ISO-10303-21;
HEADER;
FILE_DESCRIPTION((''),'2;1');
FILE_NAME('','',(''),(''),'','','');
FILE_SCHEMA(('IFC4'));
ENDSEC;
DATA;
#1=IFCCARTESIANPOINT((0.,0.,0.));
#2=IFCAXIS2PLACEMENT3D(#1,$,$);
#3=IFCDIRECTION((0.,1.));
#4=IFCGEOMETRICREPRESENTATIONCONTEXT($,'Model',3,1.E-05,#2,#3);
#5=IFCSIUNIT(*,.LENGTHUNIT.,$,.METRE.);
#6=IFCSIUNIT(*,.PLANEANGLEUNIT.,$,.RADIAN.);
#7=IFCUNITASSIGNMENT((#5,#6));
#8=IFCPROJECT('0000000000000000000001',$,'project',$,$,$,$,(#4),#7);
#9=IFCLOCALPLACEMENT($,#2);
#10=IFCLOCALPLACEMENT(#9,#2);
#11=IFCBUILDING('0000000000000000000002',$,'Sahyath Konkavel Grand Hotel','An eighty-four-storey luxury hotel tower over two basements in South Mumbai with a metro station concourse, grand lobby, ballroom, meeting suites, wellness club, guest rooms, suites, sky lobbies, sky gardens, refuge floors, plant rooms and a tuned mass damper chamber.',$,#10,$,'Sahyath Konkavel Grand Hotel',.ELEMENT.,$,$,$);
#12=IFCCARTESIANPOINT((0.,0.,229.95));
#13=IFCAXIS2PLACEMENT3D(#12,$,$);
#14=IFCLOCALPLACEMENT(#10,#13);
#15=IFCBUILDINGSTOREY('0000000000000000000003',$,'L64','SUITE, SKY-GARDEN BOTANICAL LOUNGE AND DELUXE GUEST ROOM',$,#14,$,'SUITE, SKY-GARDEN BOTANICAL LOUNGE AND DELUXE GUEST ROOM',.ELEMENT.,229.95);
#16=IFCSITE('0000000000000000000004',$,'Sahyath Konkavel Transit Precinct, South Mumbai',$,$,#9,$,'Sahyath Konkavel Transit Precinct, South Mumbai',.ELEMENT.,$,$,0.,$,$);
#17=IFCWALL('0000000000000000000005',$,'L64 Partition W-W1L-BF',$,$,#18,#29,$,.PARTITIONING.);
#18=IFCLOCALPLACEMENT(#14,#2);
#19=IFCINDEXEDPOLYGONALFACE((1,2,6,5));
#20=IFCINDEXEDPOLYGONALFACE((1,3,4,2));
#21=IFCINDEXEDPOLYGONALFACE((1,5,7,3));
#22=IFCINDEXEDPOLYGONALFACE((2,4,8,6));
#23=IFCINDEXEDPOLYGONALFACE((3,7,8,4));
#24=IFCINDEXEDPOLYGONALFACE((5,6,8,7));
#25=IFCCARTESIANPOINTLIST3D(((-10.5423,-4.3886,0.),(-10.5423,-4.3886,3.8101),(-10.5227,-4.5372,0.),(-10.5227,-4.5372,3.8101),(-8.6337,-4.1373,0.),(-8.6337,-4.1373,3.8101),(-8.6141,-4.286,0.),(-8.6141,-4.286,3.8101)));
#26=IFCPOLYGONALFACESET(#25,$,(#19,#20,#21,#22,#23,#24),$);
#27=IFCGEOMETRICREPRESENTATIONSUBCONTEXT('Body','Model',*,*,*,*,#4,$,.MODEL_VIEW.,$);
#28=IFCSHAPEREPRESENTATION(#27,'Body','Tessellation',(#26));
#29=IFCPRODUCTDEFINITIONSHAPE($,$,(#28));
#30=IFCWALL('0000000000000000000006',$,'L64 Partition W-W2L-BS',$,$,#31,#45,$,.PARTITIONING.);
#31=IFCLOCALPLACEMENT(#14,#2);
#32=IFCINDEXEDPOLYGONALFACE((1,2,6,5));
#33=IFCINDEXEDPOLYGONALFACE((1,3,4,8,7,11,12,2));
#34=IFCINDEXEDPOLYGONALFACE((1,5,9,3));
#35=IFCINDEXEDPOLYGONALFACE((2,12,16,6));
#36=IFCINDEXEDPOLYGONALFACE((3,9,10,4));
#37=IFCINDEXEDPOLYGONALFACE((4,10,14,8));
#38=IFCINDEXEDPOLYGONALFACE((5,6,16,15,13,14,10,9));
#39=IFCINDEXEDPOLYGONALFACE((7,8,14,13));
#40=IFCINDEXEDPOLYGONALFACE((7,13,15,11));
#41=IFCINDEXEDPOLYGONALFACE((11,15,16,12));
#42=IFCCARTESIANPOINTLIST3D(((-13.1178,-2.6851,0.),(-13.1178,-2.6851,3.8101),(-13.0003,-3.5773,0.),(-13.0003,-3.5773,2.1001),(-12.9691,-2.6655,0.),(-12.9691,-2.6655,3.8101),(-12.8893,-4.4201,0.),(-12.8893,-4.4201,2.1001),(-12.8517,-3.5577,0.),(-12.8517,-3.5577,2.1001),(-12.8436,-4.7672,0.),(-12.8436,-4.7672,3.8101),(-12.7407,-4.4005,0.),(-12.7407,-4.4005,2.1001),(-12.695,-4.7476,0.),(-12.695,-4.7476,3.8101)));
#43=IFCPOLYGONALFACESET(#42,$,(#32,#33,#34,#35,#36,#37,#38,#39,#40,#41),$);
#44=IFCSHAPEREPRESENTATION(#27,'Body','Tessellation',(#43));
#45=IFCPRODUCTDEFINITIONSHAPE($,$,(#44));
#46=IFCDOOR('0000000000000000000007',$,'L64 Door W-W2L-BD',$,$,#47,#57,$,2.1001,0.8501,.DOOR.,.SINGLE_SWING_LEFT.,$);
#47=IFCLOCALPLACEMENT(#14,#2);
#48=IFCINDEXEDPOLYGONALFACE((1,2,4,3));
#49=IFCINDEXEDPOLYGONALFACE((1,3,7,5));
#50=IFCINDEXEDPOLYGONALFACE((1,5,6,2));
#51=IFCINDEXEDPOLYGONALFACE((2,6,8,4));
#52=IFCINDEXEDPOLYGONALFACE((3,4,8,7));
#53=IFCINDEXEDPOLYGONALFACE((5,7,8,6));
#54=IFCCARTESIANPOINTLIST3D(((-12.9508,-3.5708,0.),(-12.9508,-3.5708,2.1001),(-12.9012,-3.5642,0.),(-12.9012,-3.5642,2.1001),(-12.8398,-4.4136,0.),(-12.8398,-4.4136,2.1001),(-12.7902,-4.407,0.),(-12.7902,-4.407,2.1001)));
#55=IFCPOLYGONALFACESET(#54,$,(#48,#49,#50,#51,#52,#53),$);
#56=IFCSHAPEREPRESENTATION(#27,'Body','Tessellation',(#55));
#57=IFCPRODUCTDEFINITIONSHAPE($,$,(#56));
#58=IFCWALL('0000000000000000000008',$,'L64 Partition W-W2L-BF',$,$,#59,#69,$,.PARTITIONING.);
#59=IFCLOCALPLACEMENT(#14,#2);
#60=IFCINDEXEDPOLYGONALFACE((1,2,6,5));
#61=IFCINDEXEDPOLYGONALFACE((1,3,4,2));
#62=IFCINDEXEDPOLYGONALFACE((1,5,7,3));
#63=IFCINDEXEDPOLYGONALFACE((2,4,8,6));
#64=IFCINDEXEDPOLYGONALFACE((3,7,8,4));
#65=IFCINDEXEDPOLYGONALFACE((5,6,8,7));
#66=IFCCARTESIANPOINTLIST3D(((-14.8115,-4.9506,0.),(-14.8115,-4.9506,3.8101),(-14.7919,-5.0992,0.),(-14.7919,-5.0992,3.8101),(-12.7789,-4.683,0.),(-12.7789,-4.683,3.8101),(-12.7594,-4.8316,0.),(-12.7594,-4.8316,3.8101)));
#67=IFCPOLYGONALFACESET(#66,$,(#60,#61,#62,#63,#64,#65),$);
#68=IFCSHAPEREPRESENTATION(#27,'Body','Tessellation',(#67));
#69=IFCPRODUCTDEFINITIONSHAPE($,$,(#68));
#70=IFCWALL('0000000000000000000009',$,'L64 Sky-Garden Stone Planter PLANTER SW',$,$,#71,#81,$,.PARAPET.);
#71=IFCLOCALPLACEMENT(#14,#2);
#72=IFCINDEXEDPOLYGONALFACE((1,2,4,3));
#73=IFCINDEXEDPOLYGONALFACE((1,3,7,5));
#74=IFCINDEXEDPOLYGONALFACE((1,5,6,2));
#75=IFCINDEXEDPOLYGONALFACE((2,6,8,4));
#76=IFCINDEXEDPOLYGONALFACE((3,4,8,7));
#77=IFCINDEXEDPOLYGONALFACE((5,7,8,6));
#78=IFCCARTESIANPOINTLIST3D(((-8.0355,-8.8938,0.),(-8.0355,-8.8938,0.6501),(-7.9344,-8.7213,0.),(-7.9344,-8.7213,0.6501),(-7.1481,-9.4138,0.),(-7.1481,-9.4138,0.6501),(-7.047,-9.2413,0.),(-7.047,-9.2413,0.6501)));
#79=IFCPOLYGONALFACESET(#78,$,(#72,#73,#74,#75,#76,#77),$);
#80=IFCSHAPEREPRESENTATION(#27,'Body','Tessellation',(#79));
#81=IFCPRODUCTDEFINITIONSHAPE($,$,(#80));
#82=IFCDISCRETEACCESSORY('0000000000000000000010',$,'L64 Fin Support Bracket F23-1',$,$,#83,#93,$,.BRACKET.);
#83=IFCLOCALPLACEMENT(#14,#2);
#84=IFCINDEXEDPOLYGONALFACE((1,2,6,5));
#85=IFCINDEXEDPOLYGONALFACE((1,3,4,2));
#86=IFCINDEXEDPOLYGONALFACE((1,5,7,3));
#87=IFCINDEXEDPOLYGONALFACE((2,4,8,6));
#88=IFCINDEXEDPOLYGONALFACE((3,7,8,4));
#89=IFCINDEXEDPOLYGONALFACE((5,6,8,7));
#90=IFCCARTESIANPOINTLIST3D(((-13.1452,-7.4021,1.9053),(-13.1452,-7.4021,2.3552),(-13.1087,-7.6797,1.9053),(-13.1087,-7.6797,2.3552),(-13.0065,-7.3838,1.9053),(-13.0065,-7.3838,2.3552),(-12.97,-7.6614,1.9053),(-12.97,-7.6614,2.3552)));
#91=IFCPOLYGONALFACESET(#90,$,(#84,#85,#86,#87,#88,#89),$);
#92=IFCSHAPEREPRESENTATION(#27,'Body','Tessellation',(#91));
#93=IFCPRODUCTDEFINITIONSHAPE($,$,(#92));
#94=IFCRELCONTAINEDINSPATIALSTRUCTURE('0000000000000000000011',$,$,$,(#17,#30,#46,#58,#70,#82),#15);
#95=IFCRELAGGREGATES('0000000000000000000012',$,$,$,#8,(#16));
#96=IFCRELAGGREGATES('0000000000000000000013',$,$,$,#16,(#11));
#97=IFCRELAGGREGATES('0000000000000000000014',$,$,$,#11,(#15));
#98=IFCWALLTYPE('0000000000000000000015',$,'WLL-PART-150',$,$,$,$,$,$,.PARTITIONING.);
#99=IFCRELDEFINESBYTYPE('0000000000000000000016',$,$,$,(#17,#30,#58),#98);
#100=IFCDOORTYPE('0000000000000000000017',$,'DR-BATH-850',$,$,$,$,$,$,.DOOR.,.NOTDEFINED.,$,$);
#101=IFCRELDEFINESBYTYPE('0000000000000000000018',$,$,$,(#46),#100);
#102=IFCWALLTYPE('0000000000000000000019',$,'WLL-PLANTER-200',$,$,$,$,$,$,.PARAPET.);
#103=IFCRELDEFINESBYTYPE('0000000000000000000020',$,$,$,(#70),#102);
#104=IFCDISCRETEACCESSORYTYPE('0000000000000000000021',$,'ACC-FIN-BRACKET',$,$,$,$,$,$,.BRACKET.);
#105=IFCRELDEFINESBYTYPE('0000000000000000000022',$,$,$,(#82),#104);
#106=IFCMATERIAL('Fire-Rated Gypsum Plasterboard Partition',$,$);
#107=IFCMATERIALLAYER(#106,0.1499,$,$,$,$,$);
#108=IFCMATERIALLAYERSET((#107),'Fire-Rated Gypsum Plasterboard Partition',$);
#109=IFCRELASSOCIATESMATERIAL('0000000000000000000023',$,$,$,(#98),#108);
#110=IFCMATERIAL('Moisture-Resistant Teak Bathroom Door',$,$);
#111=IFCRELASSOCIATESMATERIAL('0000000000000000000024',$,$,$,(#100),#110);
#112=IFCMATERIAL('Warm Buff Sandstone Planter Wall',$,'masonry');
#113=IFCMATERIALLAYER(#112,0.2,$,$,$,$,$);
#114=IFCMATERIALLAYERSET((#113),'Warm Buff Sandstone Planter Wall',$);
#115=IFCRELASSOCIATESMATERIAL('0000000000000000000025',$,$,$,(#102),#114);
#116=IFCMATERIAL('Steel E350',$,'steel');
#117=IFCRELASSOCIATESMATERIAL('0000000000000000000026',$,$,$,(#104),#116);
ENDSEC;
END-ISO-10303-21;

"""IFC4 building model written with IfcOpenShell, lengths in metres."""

from ifc_helpers import new_model, si_unit, direction, frame, frame_2d, origin, origin_2d, place, context, subcontext, project, spatial, rectangle, extrude, source, transform, mapped, material, layer, layer_set, type_object, element, fill, save


model = new_model("IFC4")

# Units and contexts
model_context = context("Model", 3, precision=1e-05, world=origin(), true_north=direction((0.0, 1.0)))
body_context = subcontext(model_context, "Body", "Model", "MODEL_VIEW")
ifc_project = project(units=[si_unit("LENGTHUNIT", "METRE"), si_unit("PLANEANGLEUNIT", "RADIAN")], contexts=[model_context])

# Site, building, storey
site_placement = place(None, origin())
site = spatial("IfcSite", under=ifc_project, at=site_placement, Name="Sahyath Konkavel Transit Precinct, South Mumbai", LongName="Sahyath Konkavel Transit Precinct, South Mumbai", CompositionType="ELEMENT", RefElevation=0.0)
building_placement = place(site_placement, origin())
building = spatial("IfcBuilding", under=site, at=building_placement, Name="Sahyath Konkavel Grand Hotel", Description="An eighty-four-storey luxury hotel tower over two basements in South Mumbai with a metro station concourse, grand lobby, ballroom, meeting suites, wellness club, guest rooms, suites, sky lobbies, sky gardens, refuge floors, plant rooms and a tuned mass damper chamber.", LongName="Sahyath Konkavel Grand Hotel", CompositionType="ELEMENT")
storey_placement = place(building_placement, frame((0.0, 0.0, 229.95)))
storey = spatial("IfcBuildingStorey", under=building, at=storey_placement, Name="L64", Description="SUITE, SKY-GARDEN BOTANICAL LOUNGE AND DELUXE GUEST ROOM", LongName="SUITE, SKY-GARDEN BOTANICAL LOUNGE AND DELUXE GUEST ROOM", CompositionType="ELEMENT", Elevation=229.95)

# Shared definitions
ifc_material_1 = material(Name="Steel E350", Category="steel")

# Shared definitions
ifc_material_2 = material(Name="Fire-Rated Gypsum Plasterboard Partition")
ifc_layer_1 = layer(ifc_material_2, 0.1499)
ifc_layer_set_1 = layer_set([ifc_layer_1], Name="Fire-Rated Gypsum Plasterboard Partition")
wall_type_1 = type_object("IfcWallType", Name="WLL-PART-150", PredefinedType="PARTITIONING", material=ifc_layer_set_1)
shared_shape_1 = source(origin(), body_context, "Body", "SweptSolid", [
    extrude(rectangle(XDim=0.8501, YDim=0.05, at=origin_2d()), origin(), (0.0, 0.0, 1.0), 2.1001),
])

# Shared definitions
ifc_material_3 = material(Name="Moisture-Resistant Teak Bathroom Door")
door_type_1 = type_object("IfcDoorType", Name="DR-BATH-850", OperationType="NOTDEFINED", PredefinedType="DOOR", material=ifc_material_3)

# Wall
wall_1_placement = place(storey_placement, frame((-8.624, -4.2117, 0.0), z_axis=(0.0, 0.0, 1.0), x_axis=(-0.991449, -0.130494, 0.0)))
element("IfcWall", 1, at=wall_1_placement, inside=storey, type_object=wall_type_1, Name="L64 Partition W-W1L-BF", PredefinedType="PARTITIONING", context=body_context, shape_type="SweptSolid", body=[
    extrude(rectangle(XDim=1.925, YDim=0.1499, at=frame_2d((0.9624, 0.0))), origin(), (0.0, 0.0, 1.0), 3.8101),
])

# Wall, opening, door
wall_2_placement = place(storey_placement, frame((-13.0435, -2.6753, 0.0), z_axis=(0.0, 0.0, 1.0), x_axis=(0.130557, -0.991441, 0.0)))
wall_2 = element("IfcWall", 2, at=wall_2_placement, inside=storey, type_object=wall_type_1, Name="L64 Partition W-W2L-BS", PredefinedType="PARTITIONING", context=body_context, shape_type="SweptSolid", body=[
    extrude(rectangle(XDim=2.1001, YDim=0.1499, at=frame_2d((1.05, 0.0))), origin(), (0.0, 0.0, 1.0), 3.8101),
])
opening_1_placement = place(wall_2_placement, frame((0.8999, 0.0, 0.0)))
opening_1 = element("IfcOpeningElement", 3, at=opening_1_placement, cuts=wall_2, PredefinedType="OPENING", context=body_context, shape_type="SweptSolid", body=[
    extrude(rectangle(XDim=0.8501, YDim=2.1001, at=frame_2d((0.425, 1.05))), frame((0.0, 0.085, 0.0), z_axis=(0.0, -1.0, 0.0), x_axis=(1.0, 0.0, 0.0)), (0.0, 0.0, 1.0), 0.1699),
])
door_1_placement = place(opening_1_placement, frame((0.425, 0.0, 0.0)))
door_1 = element("IfcDoor", 4, at=door_1_placement, inside=storey, type_object=door_type_1, Name="L64 Door W-W2L-BD", OperationType="SINGLE_SWING_LEFT", OverallHeight=2.1001, OverallWidth=0.8501, PredefinedType="DOOR", context=body_context, shape_type="MappedRepresentation", body=[
    mapped(shared_shape_1, transform((0.0, 0.0, 0.0), scale=1.0)),
])
fill(opening_1, door_1)

# Walls
wall_3_placement = place(storey_placement, frame((-12.7693, -4.7573, 0.0), z_axis=(0.0, 0.0, 1.0), x_axis=(-0.991445, -0.130525, 0.0)))
element("IfcWall", 5, at=wall_3_placement, inside=storey, type_object=wall_type_1, Name="L64 Partition W-W2L-BF", PredefinedType="PARTITIONING", context=body_context, shape_type="SweptSolid", body=[
    extrude(rectangle(XDim=2.05, YDim=0.1499, at=frame_2d((1.0249, 0.0))), origin(), (0.0, 0.0, 1.0), 3.8101),
])
ifc_material_4 = material(Name="Warm Buff Sandstone Planter Wall", Category="masonry")
ifc_layer_2 = layer(ifc_material_4, 0.2)
ifc_layer_set_2 = layer_set([ifc_layer_2], Name="Warm Buff Sandstone Planter Wall")
wall_type_2 = type_object("IfcWallType", Name="WLL-PLANTER-200", PredefinedType="PARAPET", material=ifc_layer_set_2)
wall_4_placement = place(storey_placement, frame((-7.9849, -8.8076, 0.0), z_axis=(0.0, 0.0, 1.0), x_axis=(0.862787, -0.505567, 0.0)))
element("IfcWall", 6, at=wall_4_placement, inside=storey, type_object=wall_type_2, Name="L64 Sky-Garden Stone Planter PLANTER SW", PredefinedType="PARAPET", context=body_context, shape_type="SweptSolid", body=[
    extrude(rectangle(XDim=1.0286, YDim=0.2, at=frame_2d((0.5142, 0.0))), origin(), (0.0, 0.0, 1.0), 0.6501),
])

# Discrete accessory
discrete_accessory_type = type_object("IfcDiscreteAccessoryType", Name="ACC-FIN-BRACKET", PredefinedType="BRACKET", material=ifc_material_1)
shared_shape_2 = source(origin(), body_context, "Body", "SweptSolid", [
    extrude(rectangle(XDim=0.28, YDim=0.1399, at=origin_2d()), origin(), (0.0, 0.0, 1.0), 0.45),
])
discrete_accessory_placement = place(storey_placement, frame((-13.0576, -7.5317, 1.9053), z_axis=(0.0, 0.0, 1.0), x_axis=(0.130526, -0.991445, 0.0)))
element("IfcDiscreteAccessory", 7, at=discrete_accessory_placement, inside=storey, type_object=discrete_accessory_type, Name="L64 Fin Support Bracket F23-1", PredefinedType="BRACKET", context=body_context, shape_type="MappedRepresentation", body=[
    mapped(shared_shape_2, transform((0.0, 0.0, 0.0), scale=1.0)),
])

save(model, "model.ifc")
